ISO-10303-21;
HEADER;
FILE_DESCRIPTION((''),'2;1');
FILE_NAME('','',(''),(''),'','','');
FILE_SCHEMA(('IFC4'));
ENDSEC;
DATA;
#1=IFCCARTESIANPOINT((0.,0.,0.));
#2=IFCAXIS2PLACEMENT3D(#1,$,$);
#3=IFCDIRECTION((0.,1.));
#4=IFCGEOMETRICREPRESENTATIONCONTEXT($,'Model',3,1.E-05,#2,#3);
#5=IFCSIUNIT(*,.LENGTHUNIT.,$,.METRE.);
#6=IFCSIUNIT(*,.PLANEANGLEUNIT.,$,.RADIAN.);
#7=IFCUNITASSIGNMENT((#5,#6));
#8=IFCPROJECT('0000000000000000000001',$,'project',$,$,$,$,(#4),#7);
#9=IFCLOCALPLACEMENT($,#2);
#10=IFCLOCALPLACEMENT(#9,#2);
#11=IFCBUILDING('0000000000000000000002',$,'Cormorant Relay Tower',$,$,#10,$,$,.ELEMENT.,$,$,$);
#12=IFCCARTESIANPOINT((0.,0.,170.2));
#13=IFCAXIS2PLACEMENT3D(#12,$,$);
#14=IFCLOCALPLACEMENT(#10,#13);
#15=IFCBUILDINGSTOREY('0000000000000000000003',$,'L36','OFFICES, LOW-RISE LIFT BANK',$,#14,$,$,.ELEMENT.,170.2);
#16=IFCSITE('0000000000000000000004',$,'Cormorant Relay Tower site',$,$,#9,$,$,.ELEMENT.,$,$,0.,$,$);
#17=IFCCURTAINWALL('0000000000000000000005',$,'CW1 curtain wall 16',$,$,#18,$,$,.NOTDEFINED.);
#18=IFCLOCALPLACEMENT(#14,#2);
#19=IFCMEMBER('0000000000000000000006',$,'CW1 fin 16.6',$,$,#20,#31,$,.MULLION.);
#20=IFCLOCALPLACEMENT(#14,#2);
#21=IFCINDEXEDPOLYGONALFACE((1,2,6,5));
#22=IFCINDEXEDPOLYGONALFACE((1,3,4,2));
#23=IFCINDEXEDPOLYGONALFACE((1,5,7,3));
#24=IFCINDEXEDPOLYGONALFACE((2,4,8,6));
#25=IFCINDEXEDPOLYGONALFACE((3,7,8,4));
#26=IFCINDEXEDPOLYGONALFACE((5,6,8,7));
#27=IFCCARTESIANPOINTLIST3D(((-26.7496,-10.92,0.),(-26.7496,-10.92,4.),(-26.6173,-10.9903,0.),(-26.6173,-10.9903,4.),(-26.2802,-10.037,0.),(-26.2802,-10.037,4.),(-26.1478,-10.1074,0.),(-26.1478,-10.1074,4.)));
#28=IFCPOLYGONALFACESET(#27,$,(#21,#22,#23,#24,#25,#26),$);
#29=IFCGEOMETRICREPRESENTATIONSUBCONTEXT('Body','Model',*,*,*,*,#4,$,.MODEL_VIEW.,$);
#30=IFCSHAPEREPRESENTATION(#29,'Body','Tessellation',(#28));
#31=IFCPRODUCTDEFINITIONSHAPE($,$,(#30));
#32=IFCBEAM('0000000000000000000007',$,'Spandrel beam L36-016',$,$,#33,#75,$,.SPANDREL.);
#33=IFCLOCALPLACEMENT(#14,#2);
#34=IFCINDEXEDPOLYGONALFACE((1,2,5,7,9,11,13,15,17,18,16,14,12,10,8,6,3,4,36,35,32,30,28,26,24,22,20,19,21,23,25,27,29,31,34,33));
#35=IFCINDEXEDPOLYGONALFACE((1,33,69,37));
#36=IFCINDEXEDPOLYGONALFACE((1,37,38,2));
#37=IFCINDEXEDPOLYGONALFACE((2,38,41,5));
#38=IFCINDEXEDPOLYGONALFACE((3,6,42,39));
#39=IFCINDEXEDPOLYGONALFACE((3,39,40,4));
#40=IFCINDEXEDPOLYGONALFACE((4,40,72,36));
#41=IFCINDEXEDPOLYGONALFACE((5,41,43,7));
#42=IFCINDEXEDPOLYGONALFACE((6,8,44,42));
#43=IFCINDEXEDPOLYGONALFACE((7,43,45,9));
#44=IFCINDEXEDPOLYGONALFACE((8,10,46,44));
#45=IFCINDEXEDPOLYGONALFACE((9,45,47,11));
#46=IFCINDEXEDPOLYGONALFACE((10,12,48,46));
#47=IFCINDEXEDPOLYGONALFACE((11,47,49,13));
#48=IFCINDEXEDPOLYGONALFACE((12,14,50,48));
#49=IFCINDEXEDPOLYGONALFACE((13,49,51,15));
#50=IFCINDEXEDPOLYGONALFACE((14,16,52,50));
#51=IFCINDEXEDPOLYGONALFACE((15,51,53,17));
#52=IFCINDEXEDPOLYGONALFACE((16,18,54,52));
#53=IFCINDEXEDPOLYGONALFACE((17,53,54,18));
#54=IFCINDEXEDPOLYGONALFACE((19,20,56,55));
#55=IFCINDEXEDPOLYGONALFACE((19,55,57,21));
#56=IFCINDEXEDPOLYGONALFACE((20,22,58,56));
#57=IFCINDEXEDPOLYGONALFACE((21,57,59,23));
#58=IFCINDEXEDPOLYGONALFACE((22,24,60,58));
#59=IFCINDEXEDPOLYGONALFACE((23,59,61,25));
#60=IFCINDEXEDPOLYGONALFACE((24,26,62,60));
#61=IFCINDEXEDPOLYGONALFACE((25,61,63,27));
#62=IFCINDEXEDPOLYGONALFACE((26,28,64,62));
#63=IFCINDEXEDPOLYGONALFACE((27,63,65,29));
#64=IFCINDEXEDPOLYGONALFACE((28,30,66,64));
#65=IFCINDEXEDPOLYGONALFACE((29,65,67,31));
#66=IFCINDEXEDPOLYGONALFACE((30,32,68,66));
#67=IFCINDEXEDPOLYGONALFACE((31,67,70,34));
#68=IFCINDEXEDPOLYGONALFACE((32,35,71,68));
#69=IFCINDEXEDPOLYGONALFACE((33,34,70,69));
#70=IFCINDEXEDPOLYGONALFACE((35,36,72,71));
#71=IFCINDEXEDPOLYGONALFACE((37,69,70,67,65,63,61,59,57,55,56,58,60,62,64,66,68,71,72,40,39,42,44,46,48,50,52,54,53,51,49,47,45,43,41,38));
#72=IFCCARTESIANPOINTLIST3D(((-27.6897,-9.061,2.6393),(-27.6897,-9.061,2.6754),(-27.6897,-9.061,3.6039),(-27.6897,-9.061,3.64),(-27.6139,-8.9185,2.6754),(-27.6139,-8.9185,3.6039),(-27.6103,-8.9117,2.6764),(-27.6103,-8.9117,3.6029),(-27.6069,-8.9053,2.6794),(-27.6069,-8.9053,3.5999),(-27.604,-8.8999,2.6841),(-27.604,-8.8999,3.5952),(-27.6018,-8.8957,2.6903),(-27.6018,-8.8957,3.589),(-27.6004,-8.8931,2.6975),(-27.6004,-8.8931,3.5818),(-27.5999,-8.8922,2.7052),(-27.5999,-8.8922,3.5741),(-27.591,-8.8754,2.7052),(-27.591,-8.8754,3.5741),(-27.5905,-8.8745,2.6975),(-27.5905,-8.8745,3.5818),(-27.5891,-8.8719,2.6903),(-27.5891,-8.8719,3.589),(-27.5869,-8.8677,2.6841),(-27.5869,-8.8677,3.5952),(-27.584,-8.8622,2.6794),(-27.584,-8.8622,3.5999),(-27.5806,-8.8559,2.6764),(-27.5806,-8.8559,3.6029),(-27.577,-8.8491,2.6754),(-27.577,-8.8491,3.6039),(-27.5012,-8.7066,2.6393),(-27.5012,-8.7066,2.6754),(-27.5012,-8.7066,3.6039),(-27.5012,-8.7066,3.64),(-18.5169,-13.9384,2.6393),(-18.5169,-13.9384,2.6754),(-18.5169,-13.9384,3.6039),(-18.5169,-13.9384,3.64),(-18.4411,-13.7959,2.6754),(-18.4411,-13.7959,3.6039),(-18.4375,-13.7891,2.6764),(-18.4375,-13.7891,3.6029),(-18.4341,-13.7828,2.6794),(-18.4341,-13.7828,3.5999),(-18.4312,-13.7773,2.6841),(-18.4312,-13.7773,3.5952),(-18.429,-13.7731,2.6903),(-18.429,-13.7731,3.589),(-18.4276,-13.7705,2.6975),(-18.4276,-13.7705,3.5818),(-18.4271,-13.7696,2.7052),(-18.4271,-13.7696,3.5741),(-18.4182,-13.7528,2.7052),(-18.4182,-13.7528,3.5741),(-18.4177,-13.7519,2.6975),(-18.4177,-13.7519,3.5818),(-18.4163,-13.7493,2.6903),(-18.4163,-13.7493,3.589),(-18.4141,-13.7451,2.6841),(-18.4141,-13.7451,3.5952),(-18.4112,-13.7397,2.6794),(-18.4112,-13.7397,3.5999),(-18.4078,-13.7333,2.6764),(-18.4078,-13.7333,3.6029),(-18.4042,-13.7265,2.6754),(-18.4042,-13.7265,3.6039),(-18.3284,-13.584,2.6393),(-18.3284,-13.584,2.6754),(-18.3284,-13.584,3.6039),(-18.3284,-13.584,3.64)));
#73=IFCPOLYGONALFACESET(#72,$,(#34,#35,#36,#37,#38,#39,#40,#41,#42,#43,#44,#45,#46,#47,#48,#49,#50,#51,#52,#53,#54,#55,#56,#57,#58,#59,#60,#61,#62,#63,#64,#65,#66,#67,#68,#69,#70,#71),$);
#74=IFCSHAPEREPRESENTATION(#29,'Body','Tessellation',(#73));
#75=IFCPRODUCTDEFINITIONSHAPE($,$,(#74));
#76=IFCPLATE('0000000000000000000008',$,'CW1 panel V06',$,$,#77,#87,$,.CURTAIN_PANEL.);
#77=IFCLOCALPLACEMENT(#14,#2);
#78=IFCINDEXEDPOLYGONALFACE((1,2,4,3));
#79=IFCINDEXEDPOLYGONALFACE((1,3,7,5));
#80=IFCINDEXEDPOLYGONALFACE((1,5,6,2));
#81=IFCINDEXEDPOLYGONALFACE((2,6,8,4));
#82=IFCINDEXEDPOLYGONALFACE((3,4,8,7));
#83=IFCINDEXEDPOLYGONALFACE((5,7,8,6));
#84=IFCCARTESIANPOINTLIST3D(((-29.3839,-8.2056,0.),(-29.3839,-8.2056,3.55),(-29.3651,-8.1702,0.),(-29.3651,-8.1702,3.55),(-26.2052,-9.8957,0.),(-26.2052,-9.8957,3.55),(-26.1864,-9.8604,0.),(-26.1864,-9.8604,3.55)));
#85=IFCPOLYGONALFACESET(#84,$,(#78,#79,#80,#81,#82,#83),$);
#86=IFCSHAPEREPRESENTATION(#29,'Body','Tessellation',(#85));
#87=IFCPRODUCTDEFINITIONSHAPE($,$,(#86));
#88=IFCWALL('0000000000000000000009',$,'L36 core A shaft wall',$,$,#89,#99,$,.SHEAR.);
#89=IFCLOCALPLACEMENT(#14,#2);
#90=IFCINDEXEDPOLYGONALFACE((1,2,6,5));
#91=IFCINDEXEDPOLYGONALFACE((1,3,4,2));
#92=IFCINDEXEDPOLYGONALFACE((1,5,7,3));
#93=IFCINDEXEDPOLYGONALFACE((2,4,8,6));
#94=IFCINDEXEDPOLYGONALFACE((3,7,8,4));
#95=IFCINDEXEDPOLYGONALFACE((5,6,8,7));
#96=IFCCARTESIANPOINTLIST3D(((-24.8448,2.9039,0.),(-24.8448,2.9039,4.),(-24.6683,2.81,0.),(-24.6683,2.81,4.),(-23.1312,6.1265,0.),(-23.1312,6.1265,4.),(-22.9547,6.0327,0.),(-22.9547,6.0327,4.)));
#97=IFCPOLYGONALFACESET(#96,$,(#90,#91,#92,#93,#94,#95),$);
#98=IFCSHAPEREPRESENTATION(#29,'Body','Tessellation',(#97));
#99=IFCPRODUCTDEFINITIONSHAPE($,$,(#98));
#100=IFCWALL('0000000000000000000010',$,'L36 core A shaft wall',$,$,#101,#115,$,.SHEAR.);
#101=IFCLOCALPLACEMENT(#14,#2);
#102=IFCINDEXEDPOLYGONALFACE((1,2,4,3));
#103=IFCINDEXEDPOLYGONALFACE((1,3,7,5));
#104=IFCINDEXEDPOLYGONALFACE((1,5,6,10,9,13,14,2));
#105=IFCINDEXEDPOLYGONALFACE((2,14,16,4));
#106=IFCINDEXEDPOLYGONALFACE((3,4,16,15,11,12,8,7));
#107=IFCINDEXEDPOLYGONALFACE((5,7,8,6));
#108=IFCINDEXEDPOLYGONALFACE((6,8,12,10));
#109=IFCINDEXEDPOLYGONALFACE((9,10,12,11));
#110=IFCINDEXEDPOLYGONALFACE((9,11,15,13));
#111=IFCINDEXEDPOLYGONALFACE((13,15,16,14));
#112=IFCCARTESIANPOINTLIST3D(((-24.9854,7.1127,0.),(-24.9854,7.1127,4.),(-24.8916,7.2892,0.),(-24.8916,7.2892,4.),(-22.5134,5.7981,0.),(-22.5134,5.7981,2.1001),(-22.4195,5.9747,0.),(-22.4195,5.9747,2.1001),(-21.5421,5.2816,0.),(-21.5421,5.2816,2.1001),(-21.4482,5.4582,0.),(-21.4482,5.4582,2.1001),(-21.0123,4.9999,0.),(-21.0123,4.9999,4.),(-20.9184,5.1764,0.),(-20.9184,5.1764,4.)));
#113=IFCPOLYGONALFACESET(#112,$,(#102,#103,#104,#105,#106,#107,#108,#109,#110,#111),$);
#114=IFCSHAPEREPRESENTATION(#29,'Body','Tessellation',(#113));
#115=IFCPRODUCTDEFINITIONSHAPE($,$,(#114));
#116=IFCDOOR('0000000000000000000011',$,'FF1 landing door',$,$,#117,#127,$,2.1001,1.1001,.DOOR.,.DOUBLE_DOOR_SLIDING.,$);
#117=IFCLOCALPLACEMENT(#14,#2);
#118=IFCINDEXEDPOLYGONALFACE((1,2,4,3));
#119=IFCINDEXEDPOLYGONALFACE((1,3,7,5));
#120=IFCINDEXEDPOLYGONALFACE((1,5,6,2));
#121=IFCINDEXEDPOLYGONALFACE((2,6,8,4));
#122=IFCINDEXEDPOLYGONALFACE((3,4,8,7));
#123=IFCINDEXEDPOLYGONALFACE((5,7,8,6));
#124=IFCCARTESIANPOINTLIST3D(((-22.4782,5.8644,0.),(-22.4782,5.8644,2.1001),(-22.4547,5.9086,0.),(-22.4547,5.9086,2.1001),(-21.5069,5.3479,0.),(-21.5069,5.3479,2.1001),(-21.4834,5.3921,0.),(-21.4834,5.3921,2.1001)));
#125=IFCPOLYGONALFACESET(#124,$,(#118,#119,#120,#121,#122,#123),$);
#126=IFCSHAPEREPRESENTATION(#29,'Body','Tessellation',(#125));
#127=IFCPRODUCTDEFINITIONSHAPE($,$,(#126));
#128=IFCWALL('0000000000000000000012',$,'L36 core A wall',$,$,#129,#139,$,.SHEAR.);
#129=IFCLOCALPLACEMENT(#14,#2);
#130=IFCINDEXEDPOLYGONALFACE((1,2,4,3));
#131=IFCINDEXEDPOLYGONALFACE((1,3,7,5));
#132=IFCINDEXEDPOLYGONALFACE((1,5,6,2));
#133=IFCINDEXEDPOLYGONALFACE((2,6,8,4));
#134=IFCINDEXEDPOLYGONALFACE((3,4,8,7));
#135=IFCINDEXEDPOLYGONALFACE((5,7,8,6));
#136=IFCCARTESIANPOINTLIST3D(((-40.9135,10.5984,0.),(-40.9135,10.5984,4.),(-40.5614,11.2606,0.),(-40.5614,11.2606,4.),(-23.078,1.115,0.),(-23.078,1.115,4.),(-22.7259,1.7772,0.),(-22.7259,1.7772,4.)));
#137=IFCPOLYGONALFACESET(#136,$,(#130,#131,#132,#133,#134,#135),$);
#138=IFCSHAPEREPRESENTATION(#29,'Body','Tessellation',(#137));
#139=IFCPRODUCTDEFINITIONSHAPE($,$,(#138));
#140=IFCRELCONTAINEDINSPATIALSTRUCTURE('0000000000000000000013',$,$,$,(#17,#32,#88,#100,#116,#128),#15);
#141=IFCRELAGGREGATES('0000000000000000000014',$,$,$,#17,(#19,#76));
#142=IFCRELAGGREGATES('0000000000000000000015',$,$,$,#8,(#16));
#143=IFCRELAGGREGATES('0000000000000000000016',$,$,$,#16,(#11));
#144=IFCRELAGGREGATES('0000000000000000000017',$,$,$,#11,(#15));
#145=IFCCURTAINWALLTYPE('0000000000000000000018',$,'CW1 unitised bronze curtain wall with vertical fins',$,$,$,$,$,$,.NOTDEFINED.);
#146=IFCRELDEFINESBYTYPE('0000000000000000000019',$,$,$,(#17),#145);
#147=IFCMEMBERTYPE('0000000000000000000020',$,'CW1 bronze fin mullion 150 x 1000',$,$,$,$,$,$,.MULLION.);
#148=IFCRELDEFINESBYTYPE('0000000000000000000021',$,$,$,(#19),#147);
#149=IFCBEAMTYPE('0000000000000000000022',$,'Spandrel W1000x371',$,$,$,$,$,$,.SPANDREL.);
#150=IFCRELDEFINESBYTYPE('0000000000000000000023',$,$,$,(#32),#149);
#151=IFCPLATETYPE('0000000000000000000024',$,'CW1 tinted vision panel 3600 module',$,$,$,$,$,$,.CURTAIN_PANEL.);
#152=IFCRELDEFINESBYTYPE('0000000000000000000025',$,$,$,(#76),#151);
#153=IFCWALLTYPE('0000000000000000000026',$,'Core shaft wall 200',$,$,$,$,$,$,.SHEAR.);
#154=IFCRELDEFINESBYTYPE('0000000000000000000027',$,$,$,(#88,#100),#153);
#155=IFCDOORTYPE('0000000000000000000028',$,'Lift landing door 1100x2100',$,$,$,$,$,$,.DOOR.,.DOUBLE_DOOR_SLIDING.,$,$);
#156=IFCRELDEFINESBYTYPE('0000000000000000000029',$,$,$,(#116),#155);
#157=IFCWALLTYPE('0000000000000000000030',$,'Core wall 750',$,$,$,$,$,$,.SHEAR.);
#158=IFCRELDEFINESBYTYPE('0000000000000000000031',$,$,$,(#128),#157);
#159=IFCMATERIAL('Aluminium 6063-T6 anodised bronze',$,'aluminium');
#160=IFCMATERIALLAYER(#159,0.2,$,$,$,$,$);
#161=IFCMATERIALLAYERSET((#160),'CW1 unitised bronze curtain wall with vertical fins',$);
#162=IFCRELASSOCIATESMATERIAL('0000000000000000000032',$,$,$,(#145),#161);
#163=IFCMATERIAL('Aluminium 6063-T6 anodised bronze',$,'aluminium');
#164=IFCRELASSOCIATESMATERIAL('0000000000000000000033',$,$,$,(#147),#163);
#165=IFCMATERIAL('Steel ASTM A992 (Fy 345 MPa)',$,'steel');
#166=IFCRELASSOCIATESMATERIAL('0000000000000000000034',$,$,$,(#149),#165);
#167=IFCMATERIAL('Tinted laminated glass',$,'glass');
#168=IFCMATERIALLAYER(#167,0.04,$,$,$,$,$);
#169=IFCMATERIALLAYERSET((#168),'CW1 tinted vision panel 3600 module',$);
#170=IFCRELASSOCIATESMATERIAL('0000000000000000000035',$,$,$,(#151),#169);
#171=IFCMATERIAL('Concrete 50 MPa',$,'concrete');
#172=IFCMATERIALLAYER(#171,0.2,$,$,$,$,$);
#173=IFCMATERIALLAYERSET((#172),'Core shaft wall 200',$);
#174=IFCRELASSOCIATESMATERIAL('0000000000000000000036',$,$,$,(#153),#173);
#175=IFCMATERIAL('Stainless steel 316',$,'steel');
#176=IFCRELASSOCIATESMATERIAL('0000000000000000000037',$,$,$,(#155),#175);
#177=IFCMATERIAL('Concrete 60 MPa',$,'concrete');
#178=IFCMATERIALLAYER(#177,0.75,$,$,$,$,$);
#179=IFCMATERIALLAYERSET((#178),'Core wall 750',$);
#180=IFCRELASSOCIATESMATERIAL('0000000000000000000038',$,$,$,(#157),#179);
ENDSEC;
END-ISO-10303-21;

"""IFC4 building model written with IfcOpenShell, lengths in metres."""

from ifc_helpers import new_model, si_unit, direction, frame, frame_2d, origin, origin_2d, place, context, subcontext, project, spatial, rectangle, i_section, extrude, material, layer, layer_set, material_profile, profile_set, type_object, element, fill, aggregate, save


model = new_model("IFC4")

# Units and contexts
model_context = context("Model", 3, precision=1e-05, world=origin(), true_north=direction((0.0, 1.0)))
body_context = subcontext(model_context, "Body", "Model", "MODEL_VIEW")
ifc_project = project(units=[si_unit("LENGTHUNIT", "METRE"), si_unit("PLANEANGLEUNIT", "RADIAN")], contexts=[model_context])

# Site, building, storey
site_placement = place(None, origin())
site = spatial("IfcSite", under=ifc_project, at=site_placement, Name="Cormorant Relay Tower site", CompositionType="ELEMENT", RefElevation=0.0)
building_placement = place(site_placement, origin())
building = spatial("IfcBuilding", under=site, at=building_placement, Name="Cormorant Relay Tower", CompositionType="ELEMENT")
storey_placement = place(building_placement, frame((0.0, 0.0, 170.2)))
storey = spatial("IfcBuildingStorey", under=building, at=storey_placement, Name="L36", Description="OFFICES, LOW-RISE LIFT BANK", CompositionType="ELEMENT", Elevation=170.2)

# Curtain wall, member
ifc_material_1 = material(Name="Aluminium 6063-T6 anodised bronze", Category="aluminium")
ifc_layer_1 = layer(ifc_material_1, 0.2)
ifc_layer_set_1 = layer_set([ifc_layer_1], Name="CW1 unitised bronze curtain wall with vertical fins")
curtain_wall_type = type_object("IfcCurtainWallType", Name="CW1 unitised bronze curtain wall with vertical fins", PredefinedType="NOTDEFINED", material=ifc_layer_set_1)
curtain_wall_placement = place(storey_placement, origin())
curtain_wall = element("IfcCurtainWall", 1, at=curtain_wall_placement, inside=storey, type_object=curtain_wall_type, Name="CW1 curtain wall 16", PredefinedType="NOTDEFINED")
ifc_material_2 = material(Name="Aluminium 6063-T6 anodised bronze", Category="aluminium")
ifc_material_profile_1 = material_profile(ifc_material_2, rectangle(XDim=0.1499, YDim=1.0, at=origin_2d()), Name="AL 150x1000")
ifc_profile_set_1 = profile_set([ifc_material_profile_1], Name="Aluminium 6063-T6 anodised bronze")
member_type = type_object("IfcMemberType", Name="CW1 bronze fin mullion 150 x 1000", PredefinedType="MULLION", material=ifc_profile_set_1)
member_placement = place(storey_placement, frame((-26.4487, -10.5137, 0.0), z_axis=(0.0, 0.0, 1.0), x_axis=(0.882948, -0.469472, 0.0)))
member = element("IfcMember", 2, at=member_placement, type_object=member_type, Name="CW1 fin 16.6", PredefinedType="MULLION", context=body_context, shape_type="SweptSolid", body=[
    extrude(rectangle(XDim=0.1499, YDim=1.0, at=origin_2d()), origin(), (0.0, 0.0, 1.0), 4.0),
])

# Beam
ifc_material_3 = material(Name="Steel ASTM A992 (Fy 345 MPa)", Category="steel")
ifc_material_profile_2 = material_profile(ifc_material_3, i_section(OverallWidth=0.4014, OverallDepth=1.0007, WebThickness=0.019, FlangeThickness=0.0361, FilletRadius=0.0298, at=origin_2d()), Name="W1000x371")
ifc_profile_set_2 = profile_set([ifc_material_profile_2], Name="Steel ASTM A992 (Fy 345 MPa)")
beam_type = type_object("IfcBeamType", Name="Spandrel W1000x371", PredefinedType="SPANDREL", material=ifc_profile_set_2)
beam_placement = place(storey_placement, frame((-27.5955, -8.8838, 3.1396), z_axis=(0.882942, -0.469483, 0.0), x_axis=(0.469483, 0.882942, 0.0)))
element("IfcBeam", 3, at=beam_placement, inside=storey, type_object=beam_type, Name="Spandrel beam L36-016", PredefinedType="SPANDREL", context=body_context, shape_type="SweptSolid", body=[
    extrude(i_section(OverallWidth=0.4014, OverallDepth=1.0007, WebThickness=0.019, FlangeThickness=0.0361, FilletRadius=0.0298, at=origin_2d()), origin(), (0.0, 0.0, 1.0), 10.3889),
])

# Plate
ifc_material_4 = material(Name="Tinted laminated glass", Category="glass")
ifc_layer_2 = layer(ifc_material_4, 0.04)
ifc_layer_set_2 = layer_set([ifc_layer_2], Name="CW1 tinted vision panel 3600 module")
plate_type = type_object("IfcPlateType", Name="CW1 tinted vision panel 3600 module", PredefinedType="CURTAIN_PANEL", material=ifc_layer_set_2)
plate_placement = place(storey_placement, frame((-27.7852, -9.033, 0.0), z_axis=(0.0, 0.0, 1.0), x_axis=(0.882948, -0.469472, 0.0)))
plate = element("IfcPlate", 4, at=plate_placement, type_object=plate_type, Name="CW1 panel V06", PredefinedType="CURTAIN_PANEL", context=body_context, shape_type="SweptSolid", body=[
    extrude(rectangle(XDim=3.6001, YDim=0.04, at=origin_2d()), origin(), (0.0, 0.0, 1.0), 3.55),
])
aggregate(curtain_wall, [member, plate])

# Wall
ifc_material_5 = material(Name="Concrete 50 MPa", Category="concrete")
ifc_layer_3 = layer(ifc_material_5, 0.2)
ifc_layer_set_3 = layer_set([ifc_layer_3], Name="Core shaft wall 200")
wall_type_1 = type_object("IfcWallType", Name="Core shaft wall 200", PredefinedType="SHEAR", material=ifc_layer_set_3)
wall_1_placement = place(storey_placement, frame((-23.043, 6.0796, 0.0), z_axis=(0.0, 0.0, 1.0), x_axis=(-0.469494, -0.882936, 0.0)))
element("IfcWall", 5, at=wall_1_placement, inside=storey, type_object=wall_type_1, Name="L36 core A shaft wall", PredefinedType="SHEAR", context=body_context, shape_type="SweptSolid", body=[
    extrude(rectangle(XDim=3.6499, YDim=0.2, at=frame_2d((1.825, 0.0))), origin(), (0.0, 0.0, 1.0), 4.0),
])

# Wall, opening, door
wall_2_placement = place(storey_placement, frame((-20.9653, 5.0881, 0.0), z_axis=(0.0, 0.0, 1.0), x_axis=(-0.882926, 0.469512, 0.0)))
wall_2 = element("IfcWall", 6, at=wall_2_placement, inside=storey, type_object=wall_type_1, Name="L36 core A shaft wall", PredefinedType="SHEAR", context=body_context, shape_type="SweptSolid", body=[
    extrude(rectangle(XDim=4.5, YDim=0.2, at=frame_2d((2.25, 0.0))), origin(), (0.0, 0.0, 1.0), 4.0),
])
opening_1_placement = place(wall_2_placement, frame((0.6001, 0.0, 0.0)))
opening_1 = element("IfcOpeningElement", 7, at=opening_1_placement, cuts=wall_2, PredefinedType="OPENING", context=body_context, shape_type="SweptSolid", body=[
    extrude(rectangle(XDim=1.1001, YDim=2.1001, at=frame_2d((0.55, 1.05))), frame((0.0, 0.1099, 0.0), z_axis=(0.0, -1.0, 0.0), x_axis=(1.0, 0.0, 0.0)), (0.0, 0.0, 1.0), 0.22),
])
ifc_material_6 = material(Name="Stainless steel 316", Category="steel")
door_type_1 = type_object("IfcDoorType", Name="Lift landing door 1100x2100", OperationType="DOUBLE_DOOR_SLIDING", PredefinedType="DOOR", material=ifc_material_6)
door_1_placement = place(opening_1_placement, origin())
door_1 = element("IfcDoor", 8, at=door_1_placement, inside=storey, type_object=door_type_1, Name="FF1 landing door", OperationType="DOUBLE_DOOR_SLIDING", OverallHeight=2.1001, OverallWidth=1.1001, PredefinedType="DOOR", context=body_context, shape_type="SweptSolid", body=[
    extrude(rectangle(XDim=1.1001, YDim=2.1001, at=frame_2d((0.55, 1.05))), frame((0.0, 0.0249, 0.0), z_axis=(0.0, -1.0, 0.0), x_axis=(1.0, 0.0, 0.0)), (0.0, 0.0, 1.0), 0.05),
])
fill(opening_1, door_1)

# Wall
ifc_material_7 = material(Name="Concrete 60 MPa", Category="concrete")
ifc_layer_4 = layer(ifc_material_7, 0.75)
ifc_layer_set_4 = layer_set([ifc_layer_4], Name="Core wall 750")
wall_type_2 = type_object("IfcWallType", Name="Core wall 750", PredefinedType="SHEAR", material=ifc_layer_set_4)
wall_3_placement = place(storey_placement, frame((-22.9019, 1.446, 0.0), z_axis=(0.0, 0.0, 1.0), x_axis=(-0.882945, 0.469476, 0.0)))
element("IfcWall", 9, at=wall_3_placement, inside=storey, type_object=wall_type_2, Name="L36 core A wall", PredefinedType="SHEAR", context=body_context, shape_type="SweptSolid", body=[
    extrude(rectangle(XDim=20.2, YDim=0.75, at=frame_2d((10.1001, 0.0))), origin(), (0.0, 0.0, 1.0), 4.0),
])

save(model, "model.ifc")
